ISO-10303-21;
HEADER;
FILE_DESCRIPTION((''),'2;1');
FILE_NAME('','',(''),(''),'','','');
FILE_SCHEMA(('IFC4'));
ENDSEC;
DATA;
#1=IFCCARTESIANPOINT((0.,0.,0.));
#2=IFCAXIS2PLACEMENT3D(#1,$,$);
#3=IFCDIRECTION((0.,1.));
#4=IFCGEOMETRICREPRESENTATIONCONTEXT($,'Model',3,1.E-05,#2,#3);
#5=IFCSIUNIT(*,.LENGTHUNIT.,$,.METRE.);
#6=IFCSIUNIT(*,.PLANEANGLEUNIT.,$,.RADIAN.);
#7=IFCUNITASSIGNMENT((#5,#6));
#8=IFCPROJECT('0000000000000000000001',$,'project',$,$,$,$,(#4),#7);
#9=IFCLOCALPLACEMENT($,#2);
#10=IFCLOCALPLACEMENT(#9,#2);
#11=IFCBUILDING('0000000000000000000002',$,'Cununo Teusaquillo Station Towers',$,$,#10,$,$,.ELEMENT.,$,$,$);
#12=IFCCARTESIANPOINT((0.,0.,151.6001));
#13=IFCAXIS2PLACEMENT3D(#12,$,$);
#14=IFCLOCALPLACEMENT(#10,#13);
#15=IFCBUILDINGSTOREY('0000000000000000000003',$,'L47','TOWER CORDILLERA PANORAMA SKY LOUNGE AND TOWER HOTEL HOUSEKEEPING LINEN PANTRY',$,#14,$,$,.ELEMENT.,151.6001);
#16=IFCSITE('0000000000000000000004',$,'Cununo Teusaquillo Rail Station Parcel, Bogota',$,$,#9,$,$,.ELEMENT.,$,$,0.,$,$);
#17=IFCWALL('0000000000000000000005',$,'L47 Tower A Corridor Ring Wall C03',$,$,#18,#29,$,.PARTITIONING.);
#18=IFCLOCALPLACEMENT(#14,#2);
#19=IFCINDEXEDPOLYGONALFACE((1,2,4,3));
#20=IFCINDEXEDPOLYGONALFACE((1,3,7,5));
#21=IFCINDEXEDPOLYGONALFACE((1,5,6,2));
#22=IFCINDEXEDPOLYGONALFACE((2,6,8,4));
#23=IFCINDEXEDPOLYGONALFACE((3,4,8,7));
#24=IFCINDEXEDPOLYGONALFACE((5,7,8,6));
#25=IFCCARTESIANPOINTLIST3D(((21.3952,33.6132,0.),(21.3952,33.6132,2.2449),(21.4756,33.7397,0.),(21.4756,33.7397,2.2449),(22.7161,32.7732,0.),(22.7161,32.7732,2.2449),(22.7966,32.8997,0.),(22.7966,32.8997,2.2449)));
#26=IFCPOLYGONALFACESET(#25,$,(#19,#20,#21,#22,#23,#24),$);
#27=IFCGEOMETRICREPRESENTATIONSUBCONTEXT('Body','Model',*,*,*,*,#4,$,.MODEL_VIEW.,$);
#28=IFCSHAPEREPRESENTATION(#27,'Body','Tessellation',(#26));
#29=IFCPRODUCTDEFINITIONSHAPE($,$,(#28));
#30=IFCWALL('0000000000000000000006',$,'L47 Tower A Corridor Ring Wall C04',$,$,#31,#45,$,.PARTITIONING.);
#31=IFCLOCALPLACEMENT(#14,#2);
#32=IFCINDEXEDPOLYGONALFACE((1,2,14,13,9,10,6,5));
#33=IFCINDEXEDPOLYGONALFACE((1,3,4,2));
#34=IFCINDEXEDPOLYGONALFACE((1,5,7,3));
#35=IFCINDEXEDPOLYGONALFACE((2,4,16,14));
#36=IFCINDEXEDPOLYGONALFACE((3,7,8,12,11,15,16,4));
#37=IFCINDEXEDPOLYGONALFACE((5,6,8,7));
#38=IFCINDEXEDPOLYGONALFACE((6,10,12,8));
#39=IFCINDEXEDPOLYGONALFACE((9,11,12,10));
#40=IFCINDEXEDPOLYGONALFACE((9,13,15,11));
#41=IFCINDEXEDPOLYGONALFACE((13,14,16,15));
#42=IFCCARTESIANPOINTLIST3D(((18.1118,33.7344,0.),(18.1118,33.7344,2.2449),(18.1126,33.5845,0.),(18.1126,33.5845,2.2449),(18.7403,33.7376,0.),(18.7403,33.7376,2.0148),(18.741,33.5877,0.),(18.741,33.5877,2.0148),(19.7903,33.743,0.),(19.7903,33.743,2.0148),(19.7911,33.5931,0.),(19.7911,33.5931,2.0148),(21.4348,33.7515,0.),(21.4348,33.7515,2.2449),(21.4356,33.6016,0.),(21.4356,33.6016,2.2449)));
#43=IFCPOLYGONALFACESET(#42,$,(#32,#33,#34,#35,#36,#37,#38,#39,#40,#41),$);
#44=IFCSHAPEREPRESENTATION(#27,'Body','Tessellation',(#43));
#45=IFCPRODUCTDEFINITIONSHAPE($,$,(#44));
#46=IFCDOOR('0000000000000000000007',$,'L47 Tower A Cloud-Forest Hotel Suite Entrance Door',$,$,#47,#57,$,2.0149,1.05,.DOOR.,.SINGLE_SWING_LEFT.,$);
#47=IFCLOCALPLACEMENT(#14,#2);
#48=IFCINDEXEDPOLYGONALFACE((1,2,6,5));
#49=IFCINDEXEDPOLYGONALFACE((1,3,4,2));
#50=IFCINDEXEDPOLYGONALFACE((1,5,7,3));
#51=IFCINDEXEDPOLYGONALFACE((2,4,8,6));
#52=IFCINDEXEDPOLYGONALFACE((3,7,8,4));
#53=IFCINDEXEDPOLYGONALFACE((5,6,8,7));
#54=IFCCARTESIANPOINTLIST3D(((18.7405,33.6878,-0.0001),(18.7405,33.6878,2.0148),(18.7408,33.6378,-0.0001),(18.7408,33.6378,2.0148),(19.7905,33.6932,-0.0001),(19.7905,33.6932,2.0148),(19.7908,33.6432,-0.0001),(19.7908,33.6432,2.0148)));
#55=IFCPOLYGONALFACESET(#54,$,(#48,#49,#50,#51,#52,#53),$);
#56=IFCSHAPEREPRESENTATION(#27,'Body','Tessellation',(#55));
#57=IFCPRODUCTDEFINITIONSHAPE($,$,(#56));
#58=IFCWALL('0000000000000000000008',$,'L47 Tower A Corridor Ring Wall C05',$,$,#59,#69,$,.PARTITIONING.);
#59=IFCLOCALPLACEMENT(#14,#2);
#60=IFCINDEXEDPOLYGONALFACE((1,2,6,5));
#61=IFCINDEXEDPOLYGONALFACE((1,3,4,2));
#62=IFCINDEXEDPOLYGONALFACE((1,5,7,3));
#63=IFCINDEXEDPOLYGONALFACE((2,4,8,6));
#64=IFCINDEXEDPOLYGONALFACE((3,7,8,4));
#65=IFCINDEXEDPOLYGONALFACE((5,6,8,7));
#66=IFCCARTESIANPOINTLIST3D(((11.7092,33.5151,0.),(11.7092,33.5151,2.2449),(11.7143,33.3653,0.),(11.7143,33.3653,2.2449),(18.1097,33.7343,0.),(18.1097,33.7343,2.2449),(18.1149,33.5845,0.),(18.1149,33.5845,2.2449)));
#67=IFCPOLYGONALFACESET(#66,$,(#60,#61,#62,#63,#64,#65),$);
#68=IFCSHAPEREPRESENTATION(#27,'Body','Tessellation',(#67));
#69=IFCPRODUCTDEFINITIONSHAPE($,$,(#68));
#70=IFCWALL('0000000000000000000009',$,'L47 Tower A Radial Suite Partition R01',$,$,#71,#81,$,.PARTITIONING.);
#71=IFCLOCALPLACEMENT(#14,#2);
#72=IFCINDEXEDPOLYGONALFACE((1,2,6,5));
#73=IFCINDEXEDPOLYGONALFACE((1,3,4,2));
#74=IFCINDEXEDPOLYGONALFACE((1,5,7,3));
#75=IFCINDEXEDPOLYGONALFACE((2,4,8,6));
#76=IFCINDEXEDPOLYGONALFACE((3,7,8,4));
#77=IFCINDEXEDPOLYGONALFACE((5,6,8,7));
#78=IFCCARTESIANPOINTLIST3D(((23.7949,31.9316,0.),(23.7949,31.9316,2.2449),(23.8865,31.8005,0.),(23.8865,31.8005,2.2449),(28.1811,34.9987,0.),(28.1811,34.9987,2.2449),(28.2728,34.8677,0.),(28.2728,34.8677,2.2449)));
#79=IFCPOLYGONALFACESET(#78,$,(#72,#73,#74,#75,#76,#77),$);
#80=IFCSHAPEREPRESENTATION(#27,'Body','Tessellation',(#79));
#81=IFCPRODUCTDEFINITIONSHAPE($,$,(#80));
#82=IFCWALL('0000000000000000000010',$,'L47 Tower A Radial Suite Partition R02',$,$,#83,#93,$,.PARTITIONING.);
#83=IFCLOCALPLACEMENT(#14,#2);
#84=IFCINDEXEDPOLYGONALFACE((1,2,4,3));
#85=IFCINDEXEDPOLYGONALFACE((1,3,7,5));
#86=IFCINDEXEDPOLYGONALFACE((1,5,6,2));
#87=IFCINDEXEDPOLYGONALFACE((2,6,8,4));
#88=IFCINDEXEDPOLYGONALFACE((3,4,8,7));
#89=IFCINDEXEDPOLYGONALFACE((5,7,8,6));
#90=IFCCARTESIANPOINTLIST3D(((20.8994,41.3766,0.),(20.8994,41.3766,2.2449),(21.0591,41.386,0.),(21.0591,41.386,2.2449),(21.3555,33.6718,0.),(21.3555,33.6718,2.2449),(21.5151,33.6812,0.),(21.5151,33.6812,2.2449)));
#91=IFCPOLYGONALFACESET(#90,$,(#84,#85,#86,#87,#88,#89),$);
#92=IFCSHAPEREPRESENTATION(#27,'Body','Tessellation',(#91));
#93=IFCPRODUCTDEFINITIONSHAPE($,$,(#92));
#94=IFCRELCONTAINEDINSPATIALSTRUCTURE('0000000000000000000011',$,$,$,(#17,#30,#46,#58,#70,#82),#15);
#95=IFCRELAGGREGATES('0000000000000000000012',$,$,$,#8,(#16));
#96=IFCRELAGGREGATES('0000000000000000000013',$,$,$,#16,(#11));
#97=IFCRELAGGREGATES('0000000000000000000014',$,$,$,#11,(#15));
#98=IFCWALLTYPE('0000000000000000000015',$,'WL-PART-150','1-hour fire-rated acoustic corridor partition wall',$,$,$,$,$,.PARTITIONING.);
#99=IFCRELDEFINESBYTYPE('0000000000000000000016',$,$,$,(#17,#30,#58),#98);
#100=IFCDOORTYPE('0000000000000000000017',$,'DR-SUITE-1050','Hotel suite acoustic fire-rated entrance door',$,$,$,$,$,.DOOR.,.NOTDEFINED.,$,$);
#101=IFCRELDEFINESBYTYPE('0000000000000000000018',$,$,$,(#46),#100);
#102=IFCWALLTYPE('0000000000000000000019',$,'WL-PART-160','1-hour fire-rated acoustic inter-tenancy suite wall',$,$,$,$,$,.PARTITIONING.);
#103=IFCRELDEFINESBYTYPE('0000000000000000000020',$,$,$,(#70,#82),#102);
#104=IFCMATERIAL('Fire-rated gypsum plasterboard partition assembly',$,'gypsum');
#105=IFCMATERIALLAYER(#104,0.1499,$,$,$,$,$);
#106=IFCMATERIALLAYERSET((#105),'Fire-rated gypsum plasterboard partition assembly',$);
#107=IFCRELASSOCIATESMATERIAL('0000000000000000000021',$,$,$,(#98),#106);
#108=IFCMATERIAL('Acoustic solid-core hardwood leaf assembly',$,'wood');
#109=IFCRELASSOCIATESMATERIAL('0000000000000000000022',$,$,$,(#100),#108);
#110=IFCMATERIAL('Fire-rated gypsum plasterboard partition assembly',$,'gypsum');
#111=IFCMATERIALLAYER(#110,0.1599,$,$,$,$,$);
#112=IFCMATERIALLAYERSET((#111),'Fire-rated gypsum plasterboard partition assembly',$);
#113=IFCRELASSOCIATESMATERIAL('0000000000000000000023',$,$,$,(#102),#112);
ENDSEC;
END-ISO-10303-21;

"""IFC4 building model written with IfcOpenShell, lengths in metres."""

from ifc_helpers import new_model, si_unit, direction, frame, frame_2d, origin, place, context, subcontext, project, spatial, rectangle, extrude, source, transform, mapped, material, layer, layer_set, type_object, element, fill, save


model = new_model("IFC4")

# Units and contexts
model_context = context("Model", 3, precision=1e-05, world=origin(), true_north=direction((0.0, 1.0)))
body_context = subcontext(model_context, "Body", "Model", "MODEL_VIEW")
ifc_project = project(units=[si_unit("LENGTHUNIT", "METRE"), si_unit("PLANEANGLEUNIT", "RADIAN")], contexts=[model_context])

# Site, building, storey
site_placement = place(None, origin())
site = spatial("IfcSite", under=ifc_project, at=site_placement, Name="Cununo Teusaquillo Rail Station Parcel, Bogota", CompositionType="ELEMENT", RefElevation=0.0)
building_placement = place(site_placement, origin())
building = spatial("IfcBuilding", under=site, at=building_placement, Name="Cununo Teusaquillo Station Towers", CompositionType="ELEMENT")
storey_placement = place(building_placement, frame((0.0, 0.0, 151.6001)))
storey = spatial("IfcBuildingStorey", under=building, at=storey_placement, Name="L47", Description="TOWER CORDILLERA PANORAMA SKY LOUNGE AND TOWER HOTEL HOUSEKEEPING LINEN PANTRY", CompositionType="ELEMENT", Elevation=151.6001)

# Shared definitions
ifc_material_1 = material(Name="Fire-rated gypsum plasterboard partition assembly", Category="gypsum")
ifc_layer_1 = layer(ifc_material_1, 0.1499)
ifc_layer_set_1 = layer_set([ifc_layer_1], Name="Fire-rated gypsum plasterboard partition assembly")
wall_type_1 = type_object("IfcWallType", Name="WL-PART-150", Description="1-hour fire-rated acoustic corridor partition wall", PredefinedType="PARTITIONING", material=ifc_layer_set_1)
shared_shape_1 = source(origin(), body_context, "Body", "SweptSolid", [
    extrude(rectangle(XDim=1.05, YDim=2.0149, at=frame_2d((0.5249, 1.0073))), frame((0.0, 0.085, 0.0), z_axis=(0.0, -1.0, 0.0), x_axis=(1.0, 0.0, 0.0)), (0.0, 0.0, 1.0), 0.1699),
])
ifc_material_2 = material(Name="Acoustic solid-core hardwood leaf assembly", Category="wood")
door_type_1 = type_object("IfcDoorType", Name="DR-SUITE-1050", Description="Hotel suite acoustic fire-rated entrance door", OperationType="NOTDEFINED", PredefinedType="DOOR", material=ifc_material_2)
shared_shape_2 = source(origin(), body_context, "Body", "SweptSolid", [
    extrude(rectangle(XDim=1.05, YDim=2.0149, at=frame_2d((0.5249, 1.0073))), frame((0.0, 0.0249, 0.0), z_axis=(0.0, -1.0, 0.0), x_axis=(1.0, 0.0, 0.0)), (0.0, 0.0, 1.0), 0.05),
])

# Wall
wall_1_placement = place(storey_placement, frame((22.7563, 32.8364, 0.0), z_axis=(0.0, 0.0, 1.0), x_axis=(-0.843828, 0.536613, 0.0)))
element("IfcWall", 1, at=wall_1_placement, inside=storey, type_object=wall_type_1, Name="L47 Tower A Corridor Ring Wall C03", PredefinedType="PARTITIONING", context=body_context, shape_type="SweptSolid", body=[
    extrude(rectangle(XDim=1.5654, YDim=0.1499, at=frame_2d((0.7827, 0.0))), origin(), (0.0, 0.0, 1.0), 2.2449),
])

# Wall, opening, door
wall_2_placement = place(storey_placement, frame((21.4353, 33.6765, 0.0), z_axis=(0.0, 0.0, 1.0), x_axis=(-0.999987, -0.005143, 0.0)))
wall_2 = element("IfcWall", 2, at=wall_2_placement, inside=storey, type_object=wall_type_1, Name="L47 Tower A Corridor Ring Wall C04", PredefinedType="PARTITIONING", context=body_context, shape_type="SweptSolid", body=[
    extrude(rectangle(XDim=3.323, YDim=0.1499, at=frame_2d((1.6616, 0.0))), origin(), (0.0, 0.0, 1.0), 2.2449),
])
opening_1_placement = place(wall_2_placement, frame((1.6448, 0.0, 0.0)))
opening_1 = element("IfcOpeningElement", 3, at=opening_1_placement, cuts=wall_2, PredefinedType="OPENING", context=body_context, shape_type="MappedRepresentation", body=[
    mapped(shared_shape_1, transform((0.0, 0.0, 0.0), x_axis=(1.0, 0.0, 0.0), y_axis=(0.0, 1.0, 0.0), z_axis=(0.0, 0.0, 1.0), scale=1.0)),
])
door_1_placement = place(opening_1_placement, origin())
door_1 = element("IfcDoor", 4, at=door_1_placement, inside=storey, type_object=door_type_1, Name="L47 Tower A Cloud-Forest Hotel Suite Entrance Door", OperationType="SINGLE_SWING_LEFT", OverallHeight=2.0149, OverallWidth=1.05, PredefinedType="DOOR", context=body_context, shape_type="MappedRepresentation", body=[
    mapped(shared_shape_2, transform((0.0, 0.0, 0.0), x_axis=(1.0, 0.0, 0.0), y_axis=(0.0, 1.0, 0.0), z_axis=(0.0, 0.0, 1.0), scale=1.0)),
])
fill(opening_1, door_1)

# Walls
wall_3_placement = place(storey_placement, frame((18.1123, 33.6594, 0.0), z_axis=(0.0, 0.0, 1.0), x_axis=(-0.999414, -0.034233, 0.0)))
element("IfcWall", 5, at=wall_3_placement, inside=storey, type_object=wall_type_1, Name="L47 Tower A Corridor Ring Wall C05", PredefinedType="PARTITIONING", context=body_context, shape_type="SweptSolid", body=[
    extrude(rectangle(XDim=6.4043, YDim=0.1499, at=frame_2d((3.2021, 0.0))), origin(), (0.0, 0.0, 1.0), 2.2449),
])
ifc_material_3 = material(Name="Fire-rated gypsum plasterboard partition assembly", Category="gypsum")
ifc_layer_2 = layer(ifc_material_3, 0.1599)
ifc_layer_set_2 = layer_set([ifc_layer_2], Name="Fire-rated gypsum plasterboard partition assembly")
wall_type_2 = type_object("IfcWallType", Name="WL-PART-160", Description="1-hour fire-rated acoustic inter-tenancy suite wall", PredefinedType="PARTITIONING", material=ifc_layer_set_2)
wall_4_placement = place(storey_placement, frame((23.8406, 31.866, 0.0), z_axis=(0.0, 0.0, 1.0), x_axis=(0.819515, 0.573058, 0.0)))
element("IfcWall", 6, at=wall_4_placement, inside=storey, type_object=wall_type_2, Name="L47 Tower A Radial Suite Partition R01", PredefinedType="PARTITIONING", context=body_context, shape_type="SweptSolid", body=[
    extrude(rectangle(XDim=5.3523, YDim=0.1599, at=frame_2d((2.6763, 0.0))), origin(), (0.0, 0.0, 1.0), 2.2449),
])
wall_5_placement = place(storey_placement, frame((21.4353, 33.6765, 0.0), z_axis=(0.0, 0.0, 1.0), x_axis=(-0.059087, 0.998253, 0.0)))
element("IfcWall", 7, at=wall_5_placement, inside=storey, type_object=wall_type_2, Name="L47 Tower A Radial Suite Partition R02", PredefinedType="PARTITIONING", context=body_context, shape_type="SweptSolid", body=[
    extrude(rectangle(XDim=7.7183, YDim=0.1599, at=frame_2d((3.8591, 0.0))), origin(), (0.0, 0.0, 1.0), 2.2449),
])

save(model, "model.ifc")
